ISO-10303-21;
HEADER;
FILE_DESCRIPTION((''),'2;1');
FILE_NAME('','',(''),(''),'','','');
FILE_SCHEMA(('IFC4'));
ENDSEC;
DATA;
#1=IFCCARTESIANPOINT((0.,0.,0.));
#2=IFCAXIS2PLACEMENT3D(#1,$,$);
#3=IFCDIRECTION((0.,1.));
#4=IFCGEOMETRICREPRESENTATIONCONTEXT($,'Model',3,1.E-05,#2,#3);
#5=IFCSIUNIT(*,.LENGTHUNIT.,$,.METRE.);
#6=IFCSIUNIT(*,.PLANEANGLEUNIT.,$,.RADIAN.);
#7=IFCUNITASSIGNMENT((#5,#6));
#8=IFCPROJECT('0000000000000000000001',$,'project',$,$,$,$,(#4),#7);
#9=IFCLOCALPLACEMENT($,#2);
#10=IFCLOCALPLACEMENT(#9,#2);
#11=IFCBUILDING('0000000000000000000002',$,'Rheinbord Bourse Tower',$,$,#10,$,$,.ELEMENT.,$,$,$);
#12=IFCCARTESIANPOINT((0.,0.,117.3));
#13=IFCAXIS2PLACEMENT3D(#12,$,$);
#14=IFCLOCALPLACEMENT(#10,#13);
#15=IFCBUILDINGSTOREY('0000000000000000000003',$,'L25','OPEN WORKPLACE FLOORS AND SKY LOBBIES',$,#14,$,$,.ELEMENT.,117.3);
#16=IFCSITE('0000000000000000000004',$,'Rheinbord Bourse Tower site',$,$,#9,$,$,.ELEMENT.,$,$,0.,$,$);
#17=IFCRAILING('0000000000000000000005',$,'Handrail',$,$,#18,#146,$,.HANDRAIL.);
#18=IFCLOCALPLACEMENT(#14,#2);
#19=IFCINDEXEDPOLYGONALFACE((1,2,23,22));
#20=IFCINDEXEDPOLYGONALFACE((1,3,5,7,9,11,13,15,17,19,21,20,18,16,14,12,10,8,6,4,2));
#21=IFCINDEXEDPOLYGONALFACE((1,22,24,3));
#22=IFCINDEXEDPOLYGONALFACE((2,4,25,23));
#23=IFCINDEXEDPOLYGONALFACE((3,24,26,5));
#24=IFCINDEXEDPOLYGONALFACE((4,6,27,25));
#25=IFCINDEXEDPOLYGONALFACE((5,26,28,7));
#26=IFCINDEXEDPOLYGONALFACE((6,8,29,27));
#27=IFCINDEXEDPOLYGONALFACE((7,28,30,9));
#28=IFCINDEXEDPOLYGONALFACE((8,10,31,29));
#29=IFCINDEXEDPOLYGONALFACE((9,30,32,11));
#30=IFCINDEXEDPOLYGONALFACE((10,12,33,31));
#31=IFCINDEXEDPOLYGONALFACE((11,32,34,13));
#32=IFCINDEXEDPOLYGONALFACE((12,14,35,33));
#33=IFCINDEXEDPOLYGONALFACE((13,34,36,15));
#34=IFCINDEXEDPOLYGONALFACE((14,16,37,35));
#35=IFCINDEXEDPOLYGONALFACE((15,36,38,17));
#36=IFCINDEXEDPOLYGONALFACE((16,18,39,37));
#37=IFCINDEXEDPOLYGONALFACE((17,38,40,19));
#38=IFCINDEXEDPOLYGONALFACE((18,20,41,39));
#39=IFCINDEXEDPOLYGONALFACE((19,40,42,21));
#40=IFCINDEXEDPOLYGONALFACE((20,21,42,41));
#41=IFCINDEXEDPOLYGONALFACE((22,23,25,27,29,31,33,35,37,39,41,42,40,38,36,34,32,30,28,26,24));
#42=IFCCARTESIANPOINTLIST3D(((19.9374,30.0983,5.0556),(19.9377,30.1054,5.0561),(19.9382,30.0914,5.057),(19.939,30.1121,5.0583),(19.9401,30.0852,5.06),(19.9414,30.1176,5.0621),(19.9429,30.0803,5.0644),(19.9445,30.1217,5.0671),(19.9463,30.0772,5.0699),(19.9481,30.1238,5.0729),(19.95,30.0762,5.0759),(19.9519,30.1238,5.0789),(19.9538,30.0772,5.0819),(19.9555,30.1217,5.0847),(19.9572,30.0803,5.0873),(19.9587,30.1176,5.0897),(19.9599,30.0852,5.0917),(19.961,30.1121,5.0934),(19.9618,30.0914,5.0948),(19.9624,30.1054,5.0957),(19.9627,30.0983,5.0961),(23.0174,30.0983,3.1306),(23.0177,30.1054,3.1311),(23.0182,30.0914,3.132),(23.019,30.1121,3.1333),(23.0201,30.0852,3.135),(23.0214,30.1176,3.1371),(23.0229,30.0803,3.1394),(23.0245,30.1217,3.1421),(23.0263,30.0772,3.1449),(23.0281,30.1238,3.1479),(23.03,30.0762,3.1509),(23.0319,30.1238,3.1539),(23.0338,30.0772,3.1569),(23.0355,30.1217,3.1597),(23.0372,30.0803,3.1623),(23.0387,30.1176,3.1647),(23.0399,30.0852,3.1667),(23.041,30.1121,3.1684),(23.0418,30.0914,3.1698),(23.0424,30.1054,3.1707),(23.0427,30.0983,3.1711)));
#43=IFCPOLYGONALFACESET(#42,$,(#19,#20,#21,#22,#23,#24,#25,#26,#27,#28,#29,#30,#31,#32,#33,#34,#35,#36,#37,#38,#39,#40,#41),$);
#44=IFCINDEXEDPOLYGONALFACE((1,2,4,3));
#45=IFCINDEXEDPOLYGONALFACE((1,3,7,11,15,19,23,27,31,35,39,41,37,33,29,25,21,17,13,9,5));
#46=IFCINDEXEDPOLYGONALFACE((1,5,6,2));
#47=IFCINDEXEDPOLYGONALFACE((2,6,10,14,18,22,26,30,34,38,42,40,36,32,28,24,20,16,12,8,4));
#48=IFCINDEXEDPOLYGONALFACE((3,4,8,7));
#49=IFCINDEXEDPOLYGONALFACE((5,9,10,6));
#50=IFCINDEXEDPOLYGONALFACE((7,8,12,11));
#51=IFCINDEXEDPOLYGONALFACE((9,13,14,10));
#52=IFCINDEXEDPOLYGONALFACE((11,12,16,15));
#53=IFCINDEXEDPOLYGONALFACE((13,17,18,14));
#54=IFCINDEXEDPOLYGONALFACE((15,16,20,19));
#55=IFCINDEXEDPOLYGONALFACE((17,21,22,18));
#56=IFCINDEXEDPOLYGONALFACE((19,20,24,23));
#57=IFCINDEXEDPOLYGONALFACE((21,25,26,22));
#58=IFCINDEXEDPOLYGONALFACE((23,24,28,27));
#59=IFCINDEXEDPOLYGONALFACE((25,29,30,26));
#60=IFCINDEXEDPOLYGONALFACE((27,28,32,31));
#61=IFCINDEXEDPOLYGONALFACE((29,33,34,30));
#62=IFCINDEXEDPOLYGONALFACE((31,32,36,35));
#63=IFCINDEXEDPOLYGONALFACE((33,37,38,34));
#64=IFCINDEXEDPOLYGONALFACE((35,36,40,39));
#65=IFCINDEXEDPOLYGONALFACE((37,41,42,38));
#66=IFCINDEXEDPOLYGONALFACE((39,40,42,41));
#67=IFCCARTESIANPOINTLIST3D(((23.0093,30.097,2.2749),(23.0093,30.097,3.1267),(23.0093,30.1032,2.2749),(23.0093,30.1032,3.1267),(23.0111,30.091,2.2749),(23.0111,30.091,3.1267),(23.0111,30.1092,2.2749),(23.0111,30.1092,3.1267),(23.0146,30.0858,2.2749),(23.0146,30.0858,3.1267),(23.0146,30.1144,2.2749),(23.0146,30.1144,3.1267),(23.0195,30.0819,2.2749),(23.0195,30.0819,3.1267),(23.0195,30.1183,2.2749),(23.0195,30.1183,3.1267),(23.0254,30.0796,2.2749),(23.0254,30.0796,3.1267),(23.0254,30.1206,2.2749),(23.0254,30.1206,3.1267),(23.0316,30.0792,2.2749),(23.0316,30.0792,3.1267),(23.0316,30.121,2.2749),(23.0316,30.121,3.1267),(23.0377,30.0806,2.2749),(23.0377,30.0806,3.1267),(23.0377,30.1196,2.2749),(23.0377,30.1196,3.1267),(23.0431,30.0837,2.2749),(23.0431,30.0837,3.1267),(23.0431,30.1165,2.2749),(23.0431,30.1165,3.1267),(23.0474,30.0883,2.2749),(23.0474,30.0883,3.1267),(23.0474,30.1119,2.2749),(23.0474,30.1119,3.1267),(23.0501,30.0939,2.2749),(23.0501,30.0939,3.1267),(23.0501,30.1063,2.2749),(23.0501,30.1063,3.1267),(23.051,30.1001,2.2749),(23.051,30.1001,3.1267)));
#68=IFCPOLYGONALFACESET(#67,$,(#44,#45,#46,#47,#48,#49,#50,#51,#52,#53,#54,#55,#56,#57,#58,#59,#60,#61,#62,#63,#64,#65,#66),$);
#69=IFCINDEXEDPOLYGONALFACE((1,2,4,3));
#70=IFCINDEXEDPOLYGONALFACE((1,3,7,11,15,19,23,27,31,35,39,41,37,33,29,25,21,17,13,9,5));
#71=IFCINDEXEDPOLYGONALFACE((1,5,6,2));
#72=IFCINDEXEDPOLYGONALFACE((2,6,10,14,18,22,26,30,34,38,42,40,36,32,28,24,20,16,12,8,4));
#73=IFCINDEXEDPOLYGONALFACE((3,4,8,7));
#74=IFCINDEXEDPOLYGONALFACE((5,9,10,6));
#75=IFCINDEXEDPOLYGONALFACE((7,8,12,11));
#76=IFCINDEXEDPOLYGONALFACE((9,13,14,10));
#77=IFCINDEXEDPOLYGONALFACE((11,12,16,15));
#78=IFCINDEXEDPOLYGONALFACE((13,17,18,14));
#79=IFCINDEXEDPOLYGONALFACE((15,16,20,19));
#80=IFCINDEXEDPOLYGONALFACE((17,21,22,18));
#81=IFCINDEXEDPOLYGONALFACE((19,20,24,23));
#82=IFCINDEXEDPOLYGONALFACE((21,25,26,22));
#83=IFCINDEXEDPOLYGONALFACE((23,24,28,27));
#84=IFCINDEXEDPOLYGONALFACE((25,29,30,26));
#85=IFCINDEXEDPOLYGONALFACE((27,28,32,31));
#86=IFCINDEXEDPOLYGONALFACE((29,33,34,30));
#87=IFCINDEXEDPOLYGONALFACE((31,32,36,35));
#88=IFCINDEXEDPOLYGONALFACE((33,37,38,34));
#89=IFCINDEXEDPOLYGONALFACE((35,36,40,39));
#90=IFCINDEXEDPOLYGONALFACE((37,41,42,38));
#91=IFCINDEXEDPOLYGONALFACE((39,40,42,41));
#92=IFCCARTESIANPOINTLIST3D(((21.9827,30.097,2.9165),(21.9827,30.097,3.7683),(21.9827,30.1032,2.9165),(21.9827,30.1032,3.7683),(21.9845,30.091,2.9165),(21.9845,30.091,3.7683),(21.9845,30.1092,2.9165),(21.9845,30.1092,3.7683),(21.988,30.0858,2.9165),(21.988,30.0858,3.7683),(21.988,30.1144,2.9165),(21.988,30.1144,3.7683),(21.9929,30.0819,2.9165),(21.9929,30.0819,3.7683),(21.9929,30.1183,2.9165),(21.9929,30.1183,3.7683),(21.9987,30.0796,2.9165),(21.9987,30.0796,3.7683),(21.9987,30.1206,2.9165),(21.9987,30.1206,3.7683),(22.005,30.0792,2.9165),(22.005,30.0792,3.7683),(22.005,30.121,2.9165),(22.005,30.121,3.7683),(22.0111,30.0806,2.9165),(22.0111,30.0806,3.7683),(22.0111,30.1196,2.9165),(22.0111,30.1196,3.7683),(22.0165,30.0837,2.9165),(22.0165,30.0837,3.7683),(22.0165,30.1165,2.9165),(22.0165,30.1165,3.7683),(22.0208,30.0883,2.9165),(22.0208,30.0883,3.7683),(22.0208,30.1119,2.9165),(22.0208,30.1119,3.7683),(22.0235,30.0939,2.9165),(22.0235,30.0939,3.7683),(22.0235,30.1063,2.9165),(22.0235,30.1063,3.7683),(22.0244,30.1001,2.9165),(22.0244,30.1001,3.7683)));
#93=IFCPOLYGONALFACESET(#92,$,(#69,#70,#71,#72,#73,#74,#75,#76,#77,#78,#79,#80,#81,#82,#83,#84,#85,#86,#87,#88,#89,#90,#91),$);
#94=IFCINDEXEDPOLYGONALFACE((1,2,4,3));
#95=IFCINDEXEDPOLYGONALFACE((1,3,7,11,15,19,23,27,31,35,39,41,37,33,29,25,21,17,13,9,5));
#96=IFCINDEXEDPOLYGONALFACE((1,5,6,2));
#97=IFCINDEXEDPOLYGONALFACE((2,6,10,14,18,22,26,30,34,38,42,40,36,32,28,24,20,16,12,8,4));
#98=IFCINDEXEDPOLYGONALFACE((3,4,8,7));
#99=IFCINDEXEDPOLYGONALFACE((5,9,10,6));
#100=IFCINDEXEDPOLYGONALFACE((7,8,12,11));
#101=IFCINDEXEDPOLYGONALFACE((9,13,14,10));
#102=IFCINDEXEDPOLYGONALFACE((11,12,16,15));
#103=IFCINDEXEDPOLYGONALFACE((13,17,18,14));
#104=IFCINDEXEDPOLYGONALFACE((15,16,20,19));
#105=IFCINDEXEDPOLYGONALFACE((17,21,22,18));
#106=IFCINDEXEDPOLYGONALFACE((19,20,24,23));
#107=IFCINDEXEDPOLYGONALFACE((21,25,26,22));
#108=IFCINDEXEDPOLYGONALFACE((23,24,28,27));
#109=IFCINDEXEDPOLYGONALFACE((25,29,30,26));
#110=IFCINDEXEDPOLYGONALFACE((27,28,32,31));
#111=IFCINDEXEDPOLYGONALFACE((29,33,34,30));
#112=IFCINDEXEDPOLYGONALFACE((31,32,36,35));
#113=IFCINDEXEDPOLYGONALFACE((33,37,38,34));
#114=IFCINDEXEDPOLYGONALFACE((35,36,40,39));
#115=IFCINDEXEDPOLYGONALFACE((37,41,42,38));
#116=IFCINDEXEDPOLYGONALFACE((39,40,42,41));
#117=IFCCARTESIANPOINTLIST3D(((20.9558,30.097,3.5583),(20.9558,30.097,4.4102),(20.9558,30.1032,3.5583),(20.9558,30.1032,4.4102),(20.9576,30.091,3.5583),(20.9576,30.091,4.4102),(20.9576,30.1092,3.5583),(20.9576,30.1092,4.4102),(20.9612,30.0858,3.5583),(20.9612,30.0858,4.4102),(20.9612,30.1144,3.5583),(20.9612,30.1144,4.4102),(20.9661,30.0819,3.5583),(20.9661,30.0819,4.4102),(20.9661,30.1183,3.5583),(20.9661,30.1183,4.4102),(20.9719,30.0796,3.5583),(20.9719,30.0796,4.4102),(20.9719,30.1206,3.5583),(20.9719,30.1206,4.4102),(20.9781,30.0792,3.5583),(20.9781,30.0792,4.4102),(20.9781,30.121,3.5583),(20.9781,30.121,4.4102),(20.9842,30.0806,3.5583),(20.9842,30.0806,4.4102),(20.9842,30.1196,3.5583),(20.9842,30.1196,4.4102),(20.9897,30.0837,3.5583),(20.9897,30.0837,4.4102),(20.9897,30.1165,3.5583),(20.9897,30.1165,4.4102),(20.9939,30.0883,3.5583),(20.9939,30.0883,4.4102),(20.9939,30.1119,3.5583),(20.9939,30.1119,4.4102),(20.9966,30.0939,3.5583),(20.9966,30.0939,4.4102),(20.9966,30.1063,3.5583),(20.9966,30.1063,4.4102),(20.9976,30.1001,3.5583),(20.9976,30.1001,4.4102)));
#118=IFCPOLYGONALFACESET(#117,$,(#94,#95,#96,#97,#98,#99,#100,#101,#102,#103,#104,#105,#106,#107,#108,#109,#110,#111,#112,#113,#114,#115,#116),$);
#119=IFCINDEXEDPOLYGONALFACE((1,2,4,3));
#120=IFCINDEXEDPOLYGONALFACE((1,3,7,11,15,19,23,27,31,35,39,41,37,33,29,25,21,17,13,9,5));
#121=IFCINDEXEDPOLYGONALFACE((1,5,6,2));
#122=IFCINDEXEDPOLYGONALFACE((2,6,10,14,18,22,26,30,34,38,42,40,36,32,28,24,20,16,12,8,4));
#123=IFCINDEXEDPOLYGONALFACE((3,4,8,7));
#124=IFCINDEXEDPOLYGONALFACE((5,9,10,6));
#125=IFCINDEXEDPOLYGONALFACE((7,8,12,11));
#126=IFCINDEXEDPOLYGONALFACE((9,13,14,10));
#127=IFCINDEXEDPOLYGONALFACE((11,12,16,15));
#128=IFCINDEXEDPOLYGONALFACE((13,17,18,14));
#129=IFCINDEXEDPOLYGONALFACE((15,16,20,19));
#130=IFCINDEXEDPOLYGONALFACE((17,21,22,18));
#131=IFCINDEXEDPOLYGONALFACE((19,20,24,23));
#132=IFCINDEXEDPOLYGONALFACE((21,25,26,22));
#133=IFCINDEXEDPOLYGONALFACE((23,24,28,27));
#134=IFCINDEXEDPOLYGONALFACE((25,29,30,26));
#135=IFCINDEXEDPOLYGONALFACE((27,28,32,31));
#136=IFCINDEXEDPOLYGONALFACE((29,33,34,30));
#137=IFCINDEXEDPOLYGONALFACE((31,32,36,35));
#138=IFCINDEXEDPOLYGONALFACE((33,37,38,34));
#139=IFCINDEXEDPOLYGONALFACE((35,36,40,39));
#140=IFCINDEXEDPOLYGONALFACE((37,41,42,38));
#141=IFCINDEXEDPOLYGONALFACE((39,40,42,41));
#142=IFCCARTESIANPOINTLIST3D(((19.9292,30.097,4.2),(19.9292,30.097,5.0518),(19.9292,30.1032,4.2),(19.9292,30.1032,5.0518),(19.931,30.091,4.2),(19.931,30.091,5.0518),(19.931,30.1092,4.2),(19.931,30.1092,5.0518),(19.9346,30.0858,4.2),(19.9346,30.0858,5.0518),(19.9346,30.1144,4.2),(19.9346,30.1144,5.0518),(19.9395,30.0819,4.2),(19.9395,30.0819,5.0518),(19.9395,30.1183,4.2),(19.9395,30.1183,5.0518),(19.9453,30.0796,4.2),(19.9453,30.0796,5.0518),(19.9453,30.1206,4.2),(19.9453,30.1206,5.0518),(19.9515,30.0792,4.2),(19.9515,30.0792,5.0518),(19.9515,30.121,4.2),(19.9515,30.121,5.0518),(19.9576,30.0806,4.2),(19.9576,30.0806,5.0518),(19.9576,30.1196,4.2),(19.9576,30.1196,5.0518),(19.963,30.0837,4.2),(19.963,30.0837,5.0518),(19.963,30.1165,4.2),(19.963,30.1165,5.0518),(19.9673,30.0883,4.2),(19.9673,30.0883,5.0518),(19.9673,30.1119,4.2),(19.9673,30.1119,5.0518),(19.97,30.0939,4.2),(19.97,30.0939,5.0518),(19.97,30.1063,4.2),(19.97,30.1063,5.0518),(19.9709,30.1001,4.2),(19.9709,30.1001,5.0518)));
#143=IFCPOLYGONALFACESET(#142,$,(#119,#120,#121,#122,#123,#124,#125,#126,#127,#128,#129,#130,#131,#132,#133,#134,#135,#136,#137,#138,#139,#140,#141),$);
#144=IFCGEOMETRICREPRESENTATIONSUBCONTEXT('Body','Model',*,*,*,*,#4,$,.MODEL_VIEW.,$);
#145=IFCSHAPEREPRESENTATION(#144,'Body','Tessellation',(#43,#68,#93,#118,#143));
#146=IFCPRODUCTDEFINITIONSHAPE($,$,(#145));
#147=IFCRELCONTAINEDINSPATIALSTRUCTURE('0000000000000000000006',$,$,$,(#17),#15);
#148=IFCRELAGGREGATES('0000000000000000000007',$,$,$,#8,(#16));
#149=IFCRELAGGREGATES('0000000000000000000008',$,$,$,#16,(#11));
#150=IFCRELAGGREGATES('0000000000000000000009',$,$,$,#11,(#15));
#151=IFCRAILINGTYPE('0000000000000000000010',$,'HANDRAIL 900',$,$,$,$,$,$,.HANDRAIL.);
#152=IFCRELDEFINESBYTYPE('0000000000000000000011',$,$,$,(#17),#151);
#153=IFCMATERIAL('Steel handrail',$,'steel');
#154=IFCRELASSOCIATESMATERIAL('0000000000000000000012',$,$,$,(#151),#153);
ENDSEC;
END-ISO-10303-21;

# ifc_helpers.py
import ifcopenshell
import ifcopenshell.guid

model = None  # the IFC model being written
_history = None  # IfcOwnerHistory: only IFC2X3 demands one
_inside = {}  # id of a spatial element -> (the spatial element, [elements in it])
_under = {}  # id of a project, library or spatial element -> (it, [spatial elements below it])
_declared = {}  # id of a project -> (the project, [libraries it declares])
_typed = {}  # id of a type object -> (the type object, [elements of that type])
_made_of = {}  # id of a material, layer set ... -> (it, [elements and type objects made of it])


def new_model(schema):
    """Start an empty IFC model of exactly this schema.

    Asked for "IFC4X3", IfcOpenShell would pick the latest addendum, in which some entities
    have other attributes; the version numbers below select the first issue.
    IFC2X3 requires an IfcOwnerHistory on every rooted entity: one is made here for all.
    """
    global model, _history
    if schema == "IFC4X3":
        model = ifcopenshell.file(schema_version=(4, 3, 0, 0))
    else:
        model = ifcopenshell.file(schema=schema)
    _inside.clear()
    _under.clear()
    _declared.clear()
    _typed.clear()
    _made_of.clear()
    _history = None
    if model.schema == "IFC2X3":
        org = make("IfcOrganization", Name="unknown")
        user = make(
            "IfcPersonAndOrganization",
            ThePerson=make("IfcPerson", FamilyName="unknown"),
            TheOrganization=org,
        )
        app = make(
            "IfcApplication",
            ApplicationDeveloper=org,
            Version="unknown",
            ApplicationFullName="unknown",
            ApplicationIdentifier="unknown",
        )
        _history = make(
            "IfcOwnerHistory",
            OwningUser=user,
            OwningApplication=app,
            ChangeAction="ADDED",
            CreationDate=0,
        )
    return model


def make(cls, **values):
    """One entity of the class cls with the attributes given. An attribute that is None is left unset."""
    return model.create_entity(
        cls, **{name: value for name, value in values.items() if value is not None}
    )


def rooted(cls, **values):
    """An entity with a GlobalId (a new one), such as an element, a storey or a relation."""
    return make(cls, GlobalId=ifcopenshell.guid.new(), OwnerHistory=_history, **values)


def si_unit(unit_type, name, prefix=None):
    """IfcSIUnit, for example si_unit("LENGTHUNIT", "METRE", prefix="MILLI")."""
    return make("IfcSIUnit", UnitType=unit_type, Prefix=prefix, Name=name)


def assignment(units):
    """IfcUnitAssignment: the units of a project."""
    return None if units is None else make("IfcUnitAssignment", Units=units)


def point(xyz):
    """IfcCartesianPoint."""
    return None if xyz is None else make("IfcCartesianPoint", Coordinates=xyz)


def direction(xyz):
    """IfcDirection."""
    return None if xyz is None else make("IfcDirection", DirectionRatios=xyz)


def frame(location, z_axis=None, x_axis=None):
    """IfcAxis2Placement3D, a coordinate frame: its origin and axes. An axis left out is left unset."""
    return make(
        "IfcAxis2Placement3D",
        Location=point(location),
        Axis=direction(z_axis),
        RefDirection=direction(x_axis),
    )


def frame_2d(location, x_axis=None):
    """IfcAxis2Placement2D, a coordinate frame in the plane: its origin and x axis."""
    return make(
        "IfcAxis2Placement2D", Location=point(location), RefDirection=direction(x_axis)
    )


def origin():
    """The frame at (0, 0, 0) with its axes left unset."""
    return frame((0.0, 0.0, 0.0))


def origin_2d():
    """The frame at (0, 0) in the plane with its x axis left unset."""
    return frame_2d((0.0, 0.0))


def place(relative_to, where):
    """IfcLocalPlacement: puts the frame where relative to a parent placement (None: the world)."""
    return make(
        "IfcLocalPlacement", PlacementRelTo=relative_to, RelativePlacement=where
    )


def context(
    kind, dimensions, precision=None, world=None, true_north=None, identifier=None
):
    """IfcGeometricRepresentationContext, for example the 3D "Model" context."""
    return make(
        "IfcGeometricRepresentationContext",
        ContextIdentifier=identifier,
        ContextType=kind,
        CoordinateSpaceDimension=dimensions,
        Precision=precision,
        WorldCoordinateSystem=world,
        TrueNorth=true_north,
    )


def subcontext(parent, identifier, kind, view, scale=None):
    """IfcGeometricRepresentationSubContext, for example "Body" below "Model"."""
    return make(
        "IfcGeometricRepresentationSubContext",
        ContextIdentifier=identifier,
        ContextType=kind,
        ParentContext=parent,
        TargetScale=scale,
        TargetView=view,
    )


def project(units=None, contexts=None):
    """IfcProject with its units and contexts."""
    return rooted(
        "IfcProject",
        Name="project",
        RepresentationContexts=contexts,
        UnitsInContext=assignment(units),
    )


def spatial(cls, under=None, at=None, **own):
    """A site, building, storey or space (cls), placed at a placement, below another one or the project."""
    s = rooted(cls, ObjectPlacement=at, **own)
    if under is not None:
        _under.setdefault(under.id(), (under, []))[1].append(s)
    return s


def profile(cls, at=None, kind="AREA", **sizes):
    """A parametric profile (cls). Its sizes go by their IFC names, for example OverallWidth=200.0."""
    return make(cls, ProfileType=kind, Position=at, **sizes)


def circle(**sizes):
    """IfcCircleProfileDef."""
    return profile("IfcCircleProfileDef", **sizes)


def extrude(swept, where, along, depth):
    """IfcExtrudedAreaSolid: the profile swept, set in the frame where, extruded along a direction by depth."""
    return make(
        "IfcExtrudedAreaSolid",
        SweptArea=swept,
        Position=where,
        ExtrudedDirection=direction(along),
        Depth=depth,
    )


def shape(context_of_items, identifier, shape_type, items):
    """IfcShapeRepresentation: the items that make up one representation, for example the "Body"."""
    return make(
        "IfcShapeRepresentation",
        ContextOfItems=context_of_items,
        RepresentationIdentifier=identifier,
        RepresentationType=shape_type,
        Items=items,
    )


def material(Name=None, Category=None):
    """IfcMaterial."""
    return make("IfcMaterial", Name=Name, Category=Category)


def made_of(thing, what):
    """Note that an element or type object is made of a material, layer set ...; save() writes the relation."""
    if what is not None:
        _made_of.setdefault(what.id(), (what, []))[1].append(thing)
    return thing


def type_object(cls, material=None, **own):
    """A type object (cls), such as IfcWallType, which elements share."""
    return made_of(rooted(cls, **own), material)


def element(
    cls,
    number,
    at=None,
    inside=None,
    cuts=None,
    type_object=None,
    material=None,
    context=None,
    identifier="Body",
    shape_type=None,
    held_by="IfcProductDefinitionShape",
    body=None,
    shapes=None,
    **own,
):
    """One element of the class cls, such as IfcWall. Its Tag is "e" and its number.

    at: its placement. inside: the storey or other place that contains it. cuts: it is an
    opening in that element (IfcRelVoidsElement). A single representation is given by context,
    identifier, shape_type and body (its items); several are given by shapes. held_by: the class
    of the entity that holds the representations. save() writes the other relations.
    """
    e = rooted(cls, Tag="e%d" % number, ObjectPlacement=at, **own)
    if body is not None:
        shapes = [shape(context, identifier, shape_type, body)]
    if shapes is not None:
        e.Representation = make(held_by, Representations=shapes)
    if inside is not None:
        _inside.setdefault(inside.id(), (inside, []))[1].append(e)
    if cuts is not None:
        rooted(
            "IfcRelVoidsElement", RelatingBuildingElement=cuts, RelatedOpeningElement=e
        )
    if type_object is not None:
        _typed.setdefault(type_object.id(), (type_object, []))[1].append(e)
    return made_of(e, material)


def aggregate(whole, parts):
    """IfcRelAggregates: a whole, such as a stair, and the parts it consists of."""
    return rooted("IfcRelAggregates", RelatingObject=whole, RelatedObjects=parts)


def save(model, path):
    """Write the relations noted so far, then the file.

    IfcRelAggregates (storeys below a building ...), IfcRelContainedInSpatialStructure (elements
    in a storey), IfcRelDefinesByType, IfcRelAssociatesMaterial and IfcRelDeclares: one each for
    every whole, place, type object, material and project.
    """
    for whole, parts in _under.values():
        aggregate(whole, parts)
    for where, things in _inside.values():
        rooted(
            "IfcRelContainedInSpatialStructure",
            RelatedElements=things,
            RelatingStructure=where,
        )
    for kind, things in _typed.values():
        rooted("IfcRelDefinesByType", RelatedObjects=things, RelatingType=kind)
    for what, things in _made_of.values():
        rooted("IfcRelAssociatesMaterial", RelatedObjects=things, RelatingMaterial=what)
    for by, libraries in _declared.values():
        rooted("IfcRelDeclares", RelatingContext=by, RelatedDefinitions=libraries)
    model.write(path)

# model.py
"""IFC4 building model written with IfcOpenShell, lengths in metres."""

from ifc_helpers import new_model, si_unit, direction, frame, origin, origin_2d, place, context, subcontext, project, spatial, circle, extrude, material, type_object, element, save


model = new_model("IFC4")

# Units and contexts
model_context = context("Model", 3, precision=1e-05, world=origin(), true_north=direction((0.0, 1.0)))
body_context = subcontext(model_context, "Body", "Model", "MODEL_VIEW")
ifc_project = project(units=[si_unit("LENGTHUNIT", "METRE"), si_unit("PLANEANGLEUNIT", "RADIAN")], contexts=[model_context])

# Site, building, storey
site_placement = place(None, origin())
site = spatial("IfcSite", under=ifc_project, at=site_placement, Name="Rheinbord Bourse Tower site", CompositionType="ELEMENT", RefElevation=0.0)
building_placement = place(site_placement, origin())
building = spatial("IfcBuilding", under=site, at=building_placement, Name="Rheinbord Bourse Tower", CompositionType="ELEMENT")
storey_placement = place(building_placement, frame((0.0, 0.0, 117.3)))
storey = spatial("IfcBuildingStorey", under=building, at=storey_placement, Name="L25", Description="OPEN WORKPLACE FLOORS AND SKY LOBBIES", CompositionType="ELEMENT", Elevation=117.3)

# Railing
ifc_material_1 = material(Name="Steel handrail", Category="steel")
railing_type = type_object("IfcRailingType", Name="HANDRAIL 900", PredefinedType="HANDRAIL", material=ifc_material_1)
railing_1_placement = place(storey_placement, frame((23.03, 30.1001, 2.2749)))
element("IfcRailing", 1, at=railing_1_placement, inside=storey, type_object=railing_type, Name="Handrail", PredefinedType="HANDRAIL", context=body_context, shape_type="SweptSolid", body=[
    extrude(circle(Radius=0.0239, at=origin_2d()), frame((0.0, 0.0, 0.876), z_axis=(-0.847998, 0.0, 0.529999), x_axis=(0.0, -1.0, 0.0)), (0.0, 0.0, 1.0), 3.6321),
    extrude(circle(Radius=0.021, at=origin_2d()), origin(), (0.0, 0.0, 1.0), 0.8518),
    extrude(circle(Radius=0.021, at=origin_2d()), frame((-1.0266, 0.0, 0.6416)), (0.0, 0.0, 1.0), 0.8518),
    extrude(circle(Radius=0.021, at=origin_2d()), frame((-2.0535, 0.0, 1.2834)), (0.0, 0.0, 1.0), 0.8518),
    extrude(circle(Radius=0.021, at=origin_2d()), frame((-3.0801, 0.0, 1.925)), (0.0, 0.0, 1.0), 0.8518),
])

save(model, "model.ifc")
